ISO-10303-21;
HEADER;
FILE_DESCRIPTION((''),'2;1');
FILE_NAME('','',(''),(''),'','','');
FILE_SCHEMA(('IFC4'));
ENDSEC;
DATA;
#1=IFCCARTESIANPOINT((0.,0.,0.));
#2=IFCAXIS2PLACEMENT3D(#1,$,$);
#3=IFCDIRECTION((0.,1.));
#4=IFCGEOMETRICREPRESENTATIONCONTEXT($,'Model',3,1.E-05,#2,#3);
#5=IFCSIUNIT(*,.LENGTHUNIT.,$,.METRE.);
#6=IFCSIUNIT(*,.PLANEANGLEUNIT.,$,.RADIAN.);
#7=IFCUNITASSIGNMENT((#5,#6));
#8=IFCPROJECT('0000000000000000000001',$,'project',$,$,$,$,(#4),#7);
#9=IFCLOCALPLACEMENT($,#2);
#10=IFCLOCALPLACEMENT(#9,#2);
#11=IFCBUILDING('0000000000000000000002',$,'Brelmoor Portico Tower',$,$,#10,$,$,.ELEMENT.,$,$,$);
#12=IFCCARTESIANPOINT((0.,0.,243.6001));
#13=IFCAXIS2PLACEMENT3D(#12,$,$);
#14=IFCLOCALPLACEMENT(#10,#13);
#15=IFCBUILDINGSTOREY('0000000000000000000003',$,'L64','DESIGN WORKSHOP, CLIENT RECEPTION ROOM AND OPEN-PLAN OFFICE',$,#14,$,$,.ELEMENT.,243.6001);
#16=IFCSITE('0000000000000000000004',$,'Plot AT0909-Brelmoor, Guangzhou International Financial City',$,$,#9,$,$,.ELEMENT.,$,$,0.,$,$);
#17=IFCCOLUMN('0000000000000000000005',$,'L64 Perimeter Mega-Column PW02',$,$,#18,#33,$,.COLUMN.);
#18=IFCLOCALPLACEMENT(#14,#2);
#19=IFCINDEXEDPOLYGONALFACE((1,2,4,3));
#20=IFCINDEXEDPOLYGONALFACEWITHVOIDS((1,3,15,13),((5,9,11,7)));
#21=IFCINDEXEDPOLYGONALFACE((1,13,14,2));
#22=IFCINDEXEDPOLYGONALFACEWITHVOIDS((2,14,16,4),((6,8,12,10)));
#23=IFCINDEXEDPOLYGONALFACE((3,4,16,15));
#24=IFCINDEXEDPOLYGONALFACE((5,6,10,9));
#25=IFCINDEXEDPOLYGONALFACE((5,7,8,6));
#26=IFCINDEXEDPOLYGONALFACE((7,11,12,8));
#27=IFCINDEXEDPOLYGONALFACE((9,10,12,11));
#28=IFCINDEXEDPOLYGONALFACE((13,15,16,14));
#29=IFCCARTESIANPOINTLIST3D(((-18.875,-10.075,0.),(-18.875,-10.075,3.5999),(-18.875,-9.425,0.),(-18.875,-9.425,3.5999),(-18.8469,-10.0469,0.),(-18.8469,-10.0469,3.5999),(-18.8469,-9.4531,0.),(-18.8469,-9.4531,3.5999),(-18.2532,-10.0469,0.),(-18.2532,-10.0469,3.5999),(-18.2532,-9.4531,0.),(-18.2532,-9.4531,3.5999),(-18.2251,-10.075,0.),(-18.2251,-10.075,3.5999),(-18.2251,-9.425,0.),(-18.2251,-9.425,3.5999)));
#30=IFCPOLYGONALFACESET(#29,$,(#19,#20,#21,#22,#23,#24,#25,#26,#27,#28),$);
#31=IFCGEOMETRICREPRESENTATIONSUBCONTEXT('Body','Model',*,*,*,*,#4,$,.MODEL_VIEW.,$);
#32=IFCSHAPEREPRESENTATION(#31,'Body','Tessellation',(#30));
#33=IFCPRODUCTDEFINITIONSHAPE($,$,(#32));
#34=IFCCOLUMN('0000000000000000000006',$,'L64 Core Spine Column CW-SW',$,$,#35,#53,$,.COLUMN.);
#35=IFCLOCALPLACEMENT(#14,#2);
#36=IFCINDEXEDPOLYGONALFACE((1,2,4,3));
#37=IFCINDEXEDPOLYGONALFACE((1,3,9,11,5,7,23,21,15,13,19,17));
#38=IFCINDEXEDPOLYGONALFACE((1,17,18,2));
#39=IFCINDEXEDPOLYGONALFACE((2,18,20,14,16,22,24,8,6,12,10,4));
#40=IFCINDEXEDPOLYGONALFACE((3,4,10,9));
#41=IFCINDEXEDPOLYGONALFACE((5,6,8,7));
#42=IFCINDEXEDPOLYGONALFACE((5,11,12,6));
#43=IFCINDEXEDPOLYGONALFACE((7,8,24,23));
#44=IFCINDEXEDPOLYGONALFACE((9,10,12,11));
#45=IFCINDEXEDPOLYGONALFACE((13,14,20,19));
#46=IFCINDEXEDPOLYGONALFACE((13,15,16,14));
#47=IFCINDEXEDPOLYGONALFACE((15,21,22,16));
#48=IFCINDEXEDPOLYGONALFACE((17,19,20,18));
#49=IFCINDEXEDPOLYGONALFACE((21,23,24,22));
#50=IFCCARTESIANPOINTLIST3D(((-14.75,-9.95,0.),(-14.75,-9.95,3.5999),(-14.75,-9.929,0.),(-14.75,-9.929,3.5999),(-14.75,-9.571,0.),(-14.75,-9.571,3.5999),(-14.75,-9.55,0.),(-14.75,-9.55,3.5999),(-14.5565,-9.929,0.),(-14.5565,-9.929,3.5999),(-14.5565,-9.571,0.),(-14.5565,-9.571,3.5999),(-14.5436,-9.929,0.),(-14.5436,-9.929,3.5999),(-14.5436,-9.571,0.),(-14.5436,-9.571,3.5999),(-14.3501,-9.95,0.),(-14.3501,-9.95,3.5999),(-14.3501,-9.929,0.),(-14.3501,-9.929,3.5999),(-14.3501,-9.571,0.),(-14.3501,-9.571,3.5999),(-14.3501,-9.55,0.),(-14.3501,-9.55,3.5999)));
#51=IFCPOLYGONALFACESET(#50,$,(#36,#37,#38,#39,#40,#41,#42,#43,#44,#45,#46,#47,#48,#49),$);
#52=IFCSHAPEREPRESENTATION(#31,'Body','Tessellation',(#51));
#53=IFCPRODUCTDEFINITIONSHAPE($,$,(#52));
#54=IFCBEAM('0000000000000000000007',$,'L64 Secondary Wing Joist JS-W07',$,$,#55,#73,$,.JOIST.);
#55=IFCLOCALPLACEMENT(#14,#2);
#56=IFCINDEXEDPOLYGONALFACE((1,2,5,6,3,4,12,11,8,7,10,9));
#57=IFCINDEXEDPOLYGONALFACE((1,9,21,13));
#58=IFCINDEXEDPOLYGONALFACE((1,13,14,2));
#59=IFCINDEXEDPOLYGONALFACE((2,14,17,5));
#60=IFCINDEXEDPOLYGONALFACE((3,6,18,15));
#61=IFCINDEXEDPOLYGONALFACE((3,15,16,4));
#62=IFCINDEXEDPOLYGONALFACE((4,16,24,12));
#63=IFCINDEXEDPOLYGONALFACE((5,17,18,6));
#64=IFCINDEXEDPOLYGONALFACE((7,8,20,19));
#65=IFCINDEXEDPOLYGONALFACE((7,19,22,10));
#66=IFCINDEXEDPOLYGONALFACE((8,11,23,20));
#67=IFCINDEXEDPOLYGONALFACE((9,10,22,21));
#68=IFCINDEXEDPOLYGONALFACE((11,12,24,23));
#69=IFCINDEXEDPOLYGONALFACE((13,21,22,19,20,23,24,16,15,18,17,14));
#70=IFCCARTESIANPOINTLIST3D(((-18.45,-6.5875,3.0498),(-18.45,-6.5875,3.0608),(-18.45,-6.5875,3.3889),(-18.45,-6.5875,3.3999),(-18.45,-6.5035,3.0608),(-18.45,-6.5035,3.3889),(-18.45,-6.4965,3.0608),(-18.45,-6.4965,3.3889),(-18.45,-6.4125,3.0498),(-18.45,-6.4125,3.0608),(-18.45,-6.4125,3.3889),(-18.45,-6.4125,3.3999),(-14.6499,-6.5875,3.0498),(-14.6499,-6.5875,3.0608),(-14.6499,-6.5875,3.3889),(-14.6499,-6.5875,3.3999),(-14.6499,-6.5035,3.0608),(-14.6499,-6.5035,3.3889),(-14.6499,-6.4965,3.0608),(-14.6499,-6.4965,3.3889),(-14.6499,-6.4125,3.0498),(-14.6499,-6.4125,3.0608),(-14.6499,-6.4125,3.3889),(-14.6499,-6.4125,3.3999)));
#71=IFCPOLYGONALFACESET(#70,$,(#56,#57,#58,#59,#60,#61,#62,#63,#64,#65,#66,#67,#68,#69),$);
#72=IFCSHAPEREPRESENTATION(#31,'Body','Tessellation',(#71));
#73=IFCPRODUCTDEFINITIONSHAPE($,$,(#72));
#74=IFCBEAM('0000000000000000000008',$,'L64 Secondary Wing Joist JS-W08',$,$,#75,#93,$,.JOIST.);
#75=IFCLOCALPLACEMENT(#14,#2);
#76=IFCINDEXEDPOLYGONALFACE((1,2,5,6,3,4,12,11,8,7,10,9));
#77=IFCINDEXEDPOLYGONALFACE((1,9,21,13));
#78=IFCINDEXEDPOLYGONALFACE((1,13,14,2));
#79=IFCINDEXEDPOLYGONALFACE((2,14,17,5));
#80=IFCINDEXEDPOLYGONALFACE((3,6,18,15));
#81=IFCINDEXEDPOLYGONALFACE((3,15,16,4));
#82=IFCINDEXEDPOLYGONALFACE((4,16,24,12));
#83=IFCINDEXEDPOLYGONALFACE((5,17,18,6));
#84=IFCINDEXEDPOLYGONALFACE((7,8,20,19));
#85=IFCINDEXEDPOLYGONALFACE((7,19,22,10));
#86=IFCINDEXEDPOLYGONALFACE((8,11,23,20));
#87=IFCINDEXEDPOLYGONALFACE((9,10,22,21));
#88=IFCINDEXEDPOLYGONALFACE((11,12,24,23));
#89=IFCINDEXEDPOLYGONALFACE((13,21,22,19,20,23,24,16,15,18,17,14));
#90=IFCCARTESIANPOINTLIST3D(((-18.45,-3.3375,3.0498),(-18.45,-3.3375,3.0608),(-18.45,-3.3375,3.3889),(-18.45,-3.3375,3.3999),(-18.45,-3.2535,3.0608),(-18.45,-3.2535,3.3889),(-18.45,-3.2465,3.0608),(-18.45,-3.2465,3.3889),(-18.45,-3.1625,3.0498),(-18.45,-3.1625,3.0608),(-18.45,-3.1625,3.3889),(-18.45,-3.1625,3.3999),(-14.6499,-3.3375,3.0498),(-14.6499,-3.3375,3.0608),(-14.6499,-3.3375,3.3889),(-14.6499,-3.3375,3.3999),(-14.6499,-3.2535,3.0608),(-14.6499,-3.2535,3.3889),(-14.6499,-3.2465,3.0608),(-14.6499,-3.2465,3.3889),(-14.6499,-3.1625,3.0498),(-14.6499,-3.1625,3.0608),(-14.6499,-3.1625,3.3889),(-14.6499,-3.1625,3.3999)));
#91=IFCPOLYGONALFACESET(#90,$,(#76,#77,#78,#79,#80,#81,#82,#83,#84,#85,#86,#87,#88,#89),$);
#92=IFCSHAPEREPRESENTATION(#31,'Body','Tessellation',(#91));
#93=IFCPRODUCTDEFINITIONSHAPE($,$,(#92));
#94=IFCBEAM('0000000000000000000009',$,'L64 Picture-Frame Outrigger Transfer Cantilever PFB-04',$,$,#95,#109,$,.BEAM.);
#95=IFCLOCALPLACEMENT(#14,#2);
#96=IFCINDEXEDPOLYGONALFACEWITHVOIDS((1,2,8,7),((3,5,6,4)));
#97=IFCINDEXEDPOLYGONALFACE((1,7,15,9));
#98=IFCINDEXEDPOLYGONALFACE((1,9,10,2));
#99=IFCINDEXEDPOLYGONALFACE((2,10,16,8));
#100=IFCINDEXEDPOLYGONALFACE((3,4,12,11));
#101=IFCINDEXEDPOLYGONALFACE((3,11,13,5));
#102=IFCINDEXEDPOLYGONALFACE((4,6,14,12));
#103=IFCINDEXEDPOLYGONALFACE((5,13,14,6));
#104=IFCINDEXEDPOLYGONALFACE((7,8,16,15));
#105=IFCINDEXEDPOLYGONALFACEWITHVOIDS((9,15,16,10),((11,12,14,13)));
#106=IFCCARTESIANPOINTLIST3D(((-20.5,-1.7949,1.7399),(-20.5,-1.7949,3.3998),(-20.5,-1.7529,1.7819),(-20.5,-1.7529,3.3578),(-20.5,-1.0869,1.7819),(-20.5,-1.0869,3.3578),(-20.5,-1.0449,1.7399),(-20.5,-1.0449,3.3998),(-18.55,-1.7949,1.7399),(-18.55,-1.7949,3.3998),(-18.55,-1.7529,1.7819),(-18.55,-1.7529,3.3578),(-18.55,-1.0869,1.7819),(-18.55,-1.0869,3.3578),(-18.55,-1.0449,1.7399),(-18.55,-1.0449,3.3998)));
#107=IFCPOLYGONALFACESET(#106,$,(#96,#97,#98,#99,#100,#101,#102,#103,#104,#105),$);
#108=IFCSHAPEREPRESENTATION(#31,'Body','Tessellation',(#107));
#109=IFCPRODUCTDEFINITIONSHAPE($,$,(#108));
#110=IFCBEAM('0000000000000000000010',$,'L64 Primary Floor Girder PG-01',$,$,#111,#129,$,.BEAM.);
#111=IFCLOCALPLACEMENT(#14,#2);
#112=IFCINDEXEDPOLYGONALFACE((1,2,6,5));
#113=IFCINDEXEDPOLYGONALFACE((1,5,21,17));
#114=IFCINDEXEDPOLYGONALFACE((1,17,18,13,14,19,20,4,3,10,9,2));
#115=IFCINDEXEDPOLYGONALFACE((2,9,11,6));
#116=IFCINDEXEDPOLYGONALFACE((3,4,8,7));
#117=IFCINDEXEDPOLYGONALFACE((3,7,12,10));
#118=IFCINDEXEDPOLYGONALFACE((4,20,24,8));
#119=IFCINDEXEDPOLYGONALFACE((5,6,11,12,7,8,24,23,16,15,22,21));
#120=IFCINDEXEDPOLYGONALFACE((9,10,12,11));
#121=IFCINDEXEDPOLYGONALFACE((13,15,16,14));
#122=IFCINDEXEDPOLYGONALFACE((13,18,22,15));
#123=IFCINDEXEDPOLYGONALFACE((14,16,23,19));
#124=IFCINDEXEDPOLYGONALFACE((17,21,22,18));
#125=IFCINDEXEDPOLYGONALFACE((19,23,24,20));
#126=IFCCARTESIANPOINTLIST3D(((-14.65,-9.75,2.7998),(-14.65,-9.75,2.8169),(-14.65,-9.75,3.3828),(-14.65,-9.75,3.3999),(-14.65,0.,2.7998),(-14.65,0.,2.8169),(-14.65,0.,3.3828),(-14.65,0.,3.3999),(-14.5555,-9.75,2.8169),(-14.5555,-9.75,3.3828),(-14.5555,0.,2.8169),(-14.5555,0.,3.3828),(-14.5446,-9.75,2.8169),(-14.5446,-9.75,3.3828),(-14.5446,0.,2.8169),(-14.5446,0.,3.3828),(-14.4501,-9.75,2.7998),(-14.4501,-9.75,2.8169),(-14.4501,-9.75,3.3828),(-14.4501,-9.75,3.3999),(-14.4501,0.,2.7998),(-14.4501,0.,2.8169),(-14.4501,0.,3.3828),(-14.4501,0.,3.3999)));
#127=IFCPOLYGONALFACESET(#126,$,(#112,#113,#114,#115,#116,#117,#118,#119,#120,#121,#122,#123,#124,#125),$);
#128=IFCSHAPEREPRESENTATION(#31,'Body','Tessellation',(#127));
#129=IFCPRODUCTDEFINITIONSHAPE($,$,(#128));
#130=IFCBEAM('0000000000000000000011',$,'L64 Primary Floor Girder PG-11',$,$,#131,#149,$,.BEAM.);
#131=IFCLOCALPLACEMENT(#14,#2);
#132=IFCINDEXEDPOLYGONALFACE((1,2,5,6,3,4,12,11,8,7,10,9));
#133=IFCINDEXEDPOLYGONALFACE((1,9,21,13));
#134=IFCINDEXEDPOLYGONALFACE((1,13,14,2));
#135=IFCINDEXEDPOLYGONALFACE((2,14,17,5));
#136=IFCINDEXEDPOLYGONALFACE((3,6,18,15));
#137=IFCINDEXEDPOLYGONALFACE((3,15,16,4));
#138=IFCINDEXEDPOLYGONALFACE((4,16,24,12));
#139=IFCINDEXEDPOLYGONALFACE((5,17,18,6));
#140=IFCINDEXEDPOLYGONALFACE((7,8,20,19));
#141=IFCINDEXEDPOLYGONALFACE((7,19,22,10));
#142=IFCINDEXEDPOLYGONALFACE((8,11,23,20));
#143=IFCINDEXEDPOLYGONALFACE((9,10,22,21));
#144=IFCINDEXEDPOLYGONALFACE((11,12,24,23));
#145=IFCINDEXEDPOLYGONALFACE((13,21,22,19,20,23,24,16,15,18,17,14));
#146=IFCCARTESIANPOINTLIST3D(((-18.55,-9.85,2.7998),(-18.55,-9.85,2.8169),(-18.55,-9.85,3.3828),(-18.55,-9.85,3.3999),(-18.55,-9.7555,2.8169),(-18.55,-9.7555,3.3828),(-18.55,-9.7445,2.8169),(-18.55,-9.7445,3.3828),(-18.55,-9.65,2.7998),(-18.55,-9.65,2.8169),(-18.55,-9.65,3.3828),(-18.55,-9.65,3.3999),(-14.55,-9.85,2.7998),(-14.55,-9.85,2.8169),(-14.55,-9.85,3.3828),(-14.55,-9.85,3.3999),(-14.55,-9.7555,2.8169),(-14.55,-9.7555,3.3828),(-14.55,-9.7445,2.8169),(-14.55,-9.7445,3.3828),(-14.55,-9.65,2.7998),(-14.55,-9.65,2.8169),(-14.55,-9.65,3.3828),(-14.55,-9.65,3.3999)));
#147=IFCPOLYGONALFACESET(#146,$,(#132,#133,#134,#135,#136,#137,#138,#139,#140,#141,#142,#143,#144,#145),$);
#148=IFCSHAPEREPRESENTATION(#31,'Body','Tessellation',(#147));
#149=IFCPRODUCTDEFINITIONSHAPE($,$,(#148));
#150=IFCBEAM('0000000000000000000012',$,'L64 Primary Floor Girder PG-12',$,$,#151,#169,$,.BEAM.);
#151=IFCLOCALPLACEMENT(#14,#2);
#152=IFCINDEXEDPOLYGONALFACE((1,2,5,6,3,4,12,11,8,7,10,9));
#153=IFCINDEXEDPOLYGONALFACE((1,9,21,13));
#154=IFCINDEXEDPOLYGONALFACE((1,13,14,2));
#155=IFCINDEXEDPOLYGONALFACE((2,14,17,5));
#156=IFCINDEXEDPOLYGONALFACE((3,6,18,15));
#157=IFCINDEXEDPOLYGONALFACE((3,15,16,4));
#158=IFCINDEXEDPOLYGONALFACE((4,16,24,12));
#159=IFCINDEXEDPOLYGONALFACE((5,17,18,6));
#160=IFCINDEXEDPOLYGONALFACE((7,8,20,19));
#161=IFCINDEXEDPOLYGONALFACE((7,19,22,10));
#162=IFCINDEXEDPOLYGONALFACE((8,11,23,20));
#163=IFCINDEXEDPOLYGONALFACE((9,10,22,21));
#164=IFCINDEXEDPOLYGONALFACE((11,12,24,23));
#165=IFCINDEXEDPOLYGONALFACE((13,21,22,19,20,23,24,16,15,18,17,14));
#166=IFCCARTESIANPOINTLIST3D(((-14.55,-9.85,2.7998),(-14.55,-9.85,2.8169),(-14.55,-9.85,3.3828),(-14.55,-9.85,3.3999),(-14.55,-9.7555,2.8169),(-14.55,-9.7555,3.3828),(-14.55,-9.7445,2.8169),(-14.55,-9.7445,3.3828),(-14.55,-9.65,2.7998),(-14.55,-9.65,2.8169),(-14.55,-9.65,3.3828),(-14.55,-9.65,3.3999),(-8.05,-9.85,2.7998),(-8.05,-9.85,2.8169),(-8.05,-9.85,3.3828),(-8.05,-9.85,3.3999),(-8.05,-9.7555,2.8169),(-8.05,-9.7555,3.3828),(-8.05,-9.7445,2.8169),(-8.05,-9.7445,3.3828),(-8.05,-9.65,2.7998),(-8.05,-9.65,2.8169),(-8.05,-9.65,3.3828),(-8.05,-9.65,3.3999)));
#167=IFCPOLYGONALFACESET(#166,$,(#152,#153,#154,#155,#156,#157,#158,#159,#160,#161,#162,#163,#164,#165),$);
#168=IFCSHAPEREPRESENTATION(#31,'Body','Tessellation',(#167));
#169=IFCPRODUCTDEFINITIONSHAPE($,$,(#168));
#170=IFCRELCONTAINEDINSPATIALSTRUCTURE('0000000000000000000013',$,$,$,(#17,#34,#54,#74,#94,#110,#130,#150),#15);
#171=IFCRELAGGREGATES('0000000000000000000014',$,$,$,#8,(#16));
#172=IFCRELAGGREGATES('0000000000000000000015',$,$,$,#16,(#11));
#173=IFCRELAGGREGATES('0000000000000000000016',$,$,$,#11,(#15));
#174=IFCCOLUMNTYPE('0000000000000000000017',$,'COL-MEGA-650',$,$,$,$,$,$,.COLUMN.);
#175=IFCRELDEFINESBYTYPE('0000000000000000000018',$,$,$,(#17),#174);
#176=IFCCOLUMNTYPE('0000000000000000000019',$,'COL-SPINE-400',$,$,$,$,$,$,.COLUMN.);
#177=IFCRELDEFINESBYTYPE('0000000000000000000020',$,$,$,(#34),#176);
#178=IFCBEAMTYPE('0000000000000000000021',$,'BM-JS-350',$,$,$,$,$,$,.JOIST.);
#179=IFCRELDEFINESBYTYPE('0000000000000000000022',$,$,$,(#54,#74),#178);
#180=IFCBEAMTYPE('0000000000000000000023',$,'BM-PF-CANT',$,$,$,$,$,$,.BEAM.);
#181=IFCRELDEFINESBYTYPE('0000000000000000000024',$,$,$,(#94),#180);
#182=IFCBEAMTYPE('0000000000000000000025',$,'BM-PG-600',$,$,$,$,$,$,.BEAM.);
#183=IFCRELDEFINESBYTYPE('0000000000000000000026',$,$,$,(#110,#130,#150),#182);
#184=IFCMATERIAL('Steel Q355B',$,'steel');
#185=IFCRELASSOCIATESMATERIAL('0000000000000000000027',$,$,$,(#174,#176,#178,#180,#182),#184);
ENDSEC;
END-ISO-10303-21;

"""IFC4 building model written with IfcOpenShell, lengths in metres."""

from ifc_helpers import new_model, si_unit, direction, frame, origin, origin_2d, place, context, subcontext, project, spatial, hollow_rectangle, i_section, extrude, material, material_profile, profile_set, type_object, element, save


model = new_model("IFC4")

# Units and contexts
model_context = context("Model", 3, precision=1e-05, world=origin(), true_north=direction((0.0, 1.0)))
body_context = subcontext(model_context, "Body", "Model", "MODEL_VIEW")
ifc_project = project(units=[si_unit("LENGTHUNIT", "METRE"), si_unit("PLANEANGLEUNIT", "RADIAN")], contexts=[model_context])

# Site, building, storey
site_placement = place(None, origin())
site = spatial("IfcSite", under=ifc_project, at=site_placement, Name="Plot AT0909-Brelmoor, Guangzhou International Financial City", CompositionType="ELEMENT", RefElevation=0.0)
building_placement = place(site_placement, origin())
building = spatial("IfcBuilding", under=site, at=building_placement, Name="Brelmoor Portico Tower", CompositionType="ELEMENT")
storey_placement = place(building_placement, frame((0.0, 0.0, 243.6001)))
storey = spatial("IfcBuildingStorey", under=building, at=storey_placement, Name="L64", Description="DESIGN WORKSHOP, CLIENT RECEPTION ROOM AND OPEN-PLAN OFFICE", CompositionType="ELEMENT", Elevation=243.6001)

# Columns
ifc_material_1 = material(Name="Steel Q355B", Category="steel")
ifc_material_profile_1 = material_profile(ifc_material_1, hollow_rectangle(XDim=0.6499, YDim=0.6499, WallThickness=0.0281, at=origin_2d()), Name="BOX 650x650x28")
ifc_profile_set_1 = profile_set([ifc_material_profile_1], Name="Steel Q355B")
column_type_1 = type_object("IfcColumnType", Name="COL-MEGA-650", PredefinedType="COLUMN", material=ifc_profile_set_1)
column_1_placement = place(storey_placement, frame((-18.55, -9.75, 0.0), z_axis=(0.0, 0.0, 1.0), x_axis=(0.0, 1.0, 0.0)))
element("IfcColumn", 1, at=column_1_placement, inside=storey, type_object=column_type_1, Name="L64 Perimeter Mega-Column PW02", PredefinedType="COLUMN", context=body_context, shape_type="SweptSolid", body=[
    extrude(hollow_rectangle(XDim=0.6499, YDim=0.6499, WallThickness=0.0281, at=origin_2d()), origin(), (0.0, 0.0, 1.0), 3.5999),
])
ifc_material_profile_2 = material_profile(ifc_material_1, i_section(OverallWidth=0.3999, OverallDepth=0.3999, WebThickness=0.0129, FlangeThickness=0.021, at=origin_2d()), Name="HW 400x400x13x21")
ifc_profile_set_2 = profile_set([ifc_material_profile_2], Name="Steel Q355B")
column_type_2 = type_object("IfcColumnType", Name="COL-SPINE-400", PredefinedType="COLUMN", material=ifc_profile_set_2)
column_2_placement = place(storey_placement, frame((-14.55, -9.75, 0.0), z_axis=(0.0, 0.0, 1.0), x_axis=(1.0, 0.0, 0.0)))
element("IfcColumn", 2, at=column_2_placement, inside=storey, type_object=column_type_2, Name="L64 Core Spine Column CW-SW", PredefinedType="COLUMN", context=body_context, shape_type="SweptSolid", body=[
    extrude(i_section(OverallWidth=0.3999, OverallDepth=0.3999, WebThickness=0.0129, FlangeThickness=0.021, at=origin_2d()), origin(), (0.0, 0.0, 1.0), 3.5999),
])

# Beams
ifc_material_profile_3 = material_profile(ifc_material_1, i_section(OverallWidth=0.175, OverallDepth=0.3501, WebThickness=0.0071, FlangeThickness=0.011, at=origin_2d()), Name="HN 350x175x7x11")
ifc_profile_set_3 = profile_set([ifc_material_profile_3], Name="Steel Q355B")
beam_type_1 = type_object("IfcBeamType", Name="BM-JS-350", PredefinedType="JOIST", material=ifc_profile_set_3)
for number, where, z_axis, x_axis, name in (
    (3, (-18.45, -6.5, 3.2249), (1.0, 0.0, 0.0), (0.0, 1.0, 0.0), "L64 Secondary Wing Joist JS-W07"),
    (4, (-18.45, -3.25, 3.2249), (1.0, 0.0, 0.0), (0.0, 1.0, 0.0), "L64 Secondary Wing Joist JS-W08"),
):
    element("IfcBeam", number, at=place(storey_placement, frame(where, z_axis=z_axis, x_axis=x_axis)), inside=storey, type_object=beam_type_1, Name=name, PredefinedType="JOIST", context=body_context, shape_type="SweptSolid", body=[
        extrude(i_section(OverallWidth=0.175, OverallDepth=0.3501, WebThickness=0.0071, FlangeThickness=0.011, at=origin_2d()), origin(), (0.0, 0.0, 1.0), 3.8),
    ])
ifc_material_profile_4 = material_profile(ifc_material_1, hollow_rectangle(XDim=0.75, YDim=1.6599, WallThickness=0.042, at=origin_2d()), Name="BOX 750x1660x42")
ifc_profile_set_4 = profile_set([ifc_material_profile_4], Name="Steel Q355B")
beam_type_2 = type_object("IfcBeamType", Name="BM-PF-CANT", PredefinedType="BEAM", material=ifc_profile_set_4)
beam_1_placement = place(storey_placement, frame((-20.5, -1.4199, 2.5698), z_axis=(1.0, 0.0, 0.0), x_axis=(0.0, 1.0, 0.0)))
element("IfcBeam", 5, at=beam_1_placement, inside=storey, type_object=beam_type_2, Name="L64 Picture-Frame Outrigger Transfer Cantilever PFB-04", PredefinedType="BEAM", context=body_context, shape_type="SweptSolid", body=[
    extrude(hollow_rectangle(XDim=0.75, YDim=1.6599, WallThickness=0.042, at=origin_2d()), origin(), (0.0, 0.0, 1.0), 1.95),
])
ifc_material_profile_5 = material_profile(ifc_material_1, i_section(OverallWidth=0.2, OverallDepth=0.6001, WebThickness=0.011, FlangeThickness=0.0171, at=origin_2d()), Name="HN 600x200x11x17")
ifc_profile_set_5 = profile_set([ifc_material_profile_5], Name="Steel Q355B")
beam_type_3 = type_object("IfcBeamType", Name="BM-PG-600", PredefinedType="BEAM", material=ifc_profile_set_5)
beam_2_placement = place(storey_placement, frame((-14.55, -9.75, 3.0999), z_axis=(0.0, 1.0, 0.0), x_axis=(-1.0, 0.0, 0.0)))
element("IfcBeam", 6, at=beam_2_placement, inside=storey, type_object=beam_type_3, Name="L64 Primary Floor Girder PG-01", PredefinedType="BEAM", context=body_context, shape_type="SweptSolid", body=[
    extrude(i_section(OverallWidth=0.2, OverallDepth=0.6001, WebThickness=0.011, FlangeThickness=0.0171, at=origin_2d()), origin(), (0.0, 0.0, 1.0), 9.75),
])
beam_3_placement = place(storey_placement, frame((-18.55, -9.75, 3.0999), z_axis=(1.0, 0.0, 0.0), x_axis=(0.0, 1.0, 0.0)))
element("IfcBeam", 7, at=beam_3_placement, inside=storey, type_object=beam_type_3, Name="L64 Primary Floor Girder PG-11", PredefinedType="BEAM", context=body_context, shape_type="SweptSolid", body=[
    extrude(i_section(OverallWidth=0.2, OverallDepth=0.6001, WebThickness=0.011, FlangeThickness=0.0171, at=origin_2d()), origin(), (0.0, 0.0, 1.0), 4.0),
])
beam_4_placement = place(storey_placement, frame((-14.55, -9.75, 3.0999), z_axis=(1.0, 0.0, 0.0), x_axis=(0.0, 1.0, 0.0)))
element("IfcBeam", 8, at=beam_4_placement, inside=storey, type_object=beam_type_3, Name="L64 Primary Floor Girder PG-12", PredefinedType="BEAM", context=body_context, shape_type="SweptSolid", body=[
    extrude(i_section(OverallWidth=0.2, OverallDepth=0.6001, WebThickness=0.011, FlangeThickness=0.0171, at=origin_2d()), origin(), (0.0, 0.0, 1.0), 6.5),
])

save(model, "model.ifc")
